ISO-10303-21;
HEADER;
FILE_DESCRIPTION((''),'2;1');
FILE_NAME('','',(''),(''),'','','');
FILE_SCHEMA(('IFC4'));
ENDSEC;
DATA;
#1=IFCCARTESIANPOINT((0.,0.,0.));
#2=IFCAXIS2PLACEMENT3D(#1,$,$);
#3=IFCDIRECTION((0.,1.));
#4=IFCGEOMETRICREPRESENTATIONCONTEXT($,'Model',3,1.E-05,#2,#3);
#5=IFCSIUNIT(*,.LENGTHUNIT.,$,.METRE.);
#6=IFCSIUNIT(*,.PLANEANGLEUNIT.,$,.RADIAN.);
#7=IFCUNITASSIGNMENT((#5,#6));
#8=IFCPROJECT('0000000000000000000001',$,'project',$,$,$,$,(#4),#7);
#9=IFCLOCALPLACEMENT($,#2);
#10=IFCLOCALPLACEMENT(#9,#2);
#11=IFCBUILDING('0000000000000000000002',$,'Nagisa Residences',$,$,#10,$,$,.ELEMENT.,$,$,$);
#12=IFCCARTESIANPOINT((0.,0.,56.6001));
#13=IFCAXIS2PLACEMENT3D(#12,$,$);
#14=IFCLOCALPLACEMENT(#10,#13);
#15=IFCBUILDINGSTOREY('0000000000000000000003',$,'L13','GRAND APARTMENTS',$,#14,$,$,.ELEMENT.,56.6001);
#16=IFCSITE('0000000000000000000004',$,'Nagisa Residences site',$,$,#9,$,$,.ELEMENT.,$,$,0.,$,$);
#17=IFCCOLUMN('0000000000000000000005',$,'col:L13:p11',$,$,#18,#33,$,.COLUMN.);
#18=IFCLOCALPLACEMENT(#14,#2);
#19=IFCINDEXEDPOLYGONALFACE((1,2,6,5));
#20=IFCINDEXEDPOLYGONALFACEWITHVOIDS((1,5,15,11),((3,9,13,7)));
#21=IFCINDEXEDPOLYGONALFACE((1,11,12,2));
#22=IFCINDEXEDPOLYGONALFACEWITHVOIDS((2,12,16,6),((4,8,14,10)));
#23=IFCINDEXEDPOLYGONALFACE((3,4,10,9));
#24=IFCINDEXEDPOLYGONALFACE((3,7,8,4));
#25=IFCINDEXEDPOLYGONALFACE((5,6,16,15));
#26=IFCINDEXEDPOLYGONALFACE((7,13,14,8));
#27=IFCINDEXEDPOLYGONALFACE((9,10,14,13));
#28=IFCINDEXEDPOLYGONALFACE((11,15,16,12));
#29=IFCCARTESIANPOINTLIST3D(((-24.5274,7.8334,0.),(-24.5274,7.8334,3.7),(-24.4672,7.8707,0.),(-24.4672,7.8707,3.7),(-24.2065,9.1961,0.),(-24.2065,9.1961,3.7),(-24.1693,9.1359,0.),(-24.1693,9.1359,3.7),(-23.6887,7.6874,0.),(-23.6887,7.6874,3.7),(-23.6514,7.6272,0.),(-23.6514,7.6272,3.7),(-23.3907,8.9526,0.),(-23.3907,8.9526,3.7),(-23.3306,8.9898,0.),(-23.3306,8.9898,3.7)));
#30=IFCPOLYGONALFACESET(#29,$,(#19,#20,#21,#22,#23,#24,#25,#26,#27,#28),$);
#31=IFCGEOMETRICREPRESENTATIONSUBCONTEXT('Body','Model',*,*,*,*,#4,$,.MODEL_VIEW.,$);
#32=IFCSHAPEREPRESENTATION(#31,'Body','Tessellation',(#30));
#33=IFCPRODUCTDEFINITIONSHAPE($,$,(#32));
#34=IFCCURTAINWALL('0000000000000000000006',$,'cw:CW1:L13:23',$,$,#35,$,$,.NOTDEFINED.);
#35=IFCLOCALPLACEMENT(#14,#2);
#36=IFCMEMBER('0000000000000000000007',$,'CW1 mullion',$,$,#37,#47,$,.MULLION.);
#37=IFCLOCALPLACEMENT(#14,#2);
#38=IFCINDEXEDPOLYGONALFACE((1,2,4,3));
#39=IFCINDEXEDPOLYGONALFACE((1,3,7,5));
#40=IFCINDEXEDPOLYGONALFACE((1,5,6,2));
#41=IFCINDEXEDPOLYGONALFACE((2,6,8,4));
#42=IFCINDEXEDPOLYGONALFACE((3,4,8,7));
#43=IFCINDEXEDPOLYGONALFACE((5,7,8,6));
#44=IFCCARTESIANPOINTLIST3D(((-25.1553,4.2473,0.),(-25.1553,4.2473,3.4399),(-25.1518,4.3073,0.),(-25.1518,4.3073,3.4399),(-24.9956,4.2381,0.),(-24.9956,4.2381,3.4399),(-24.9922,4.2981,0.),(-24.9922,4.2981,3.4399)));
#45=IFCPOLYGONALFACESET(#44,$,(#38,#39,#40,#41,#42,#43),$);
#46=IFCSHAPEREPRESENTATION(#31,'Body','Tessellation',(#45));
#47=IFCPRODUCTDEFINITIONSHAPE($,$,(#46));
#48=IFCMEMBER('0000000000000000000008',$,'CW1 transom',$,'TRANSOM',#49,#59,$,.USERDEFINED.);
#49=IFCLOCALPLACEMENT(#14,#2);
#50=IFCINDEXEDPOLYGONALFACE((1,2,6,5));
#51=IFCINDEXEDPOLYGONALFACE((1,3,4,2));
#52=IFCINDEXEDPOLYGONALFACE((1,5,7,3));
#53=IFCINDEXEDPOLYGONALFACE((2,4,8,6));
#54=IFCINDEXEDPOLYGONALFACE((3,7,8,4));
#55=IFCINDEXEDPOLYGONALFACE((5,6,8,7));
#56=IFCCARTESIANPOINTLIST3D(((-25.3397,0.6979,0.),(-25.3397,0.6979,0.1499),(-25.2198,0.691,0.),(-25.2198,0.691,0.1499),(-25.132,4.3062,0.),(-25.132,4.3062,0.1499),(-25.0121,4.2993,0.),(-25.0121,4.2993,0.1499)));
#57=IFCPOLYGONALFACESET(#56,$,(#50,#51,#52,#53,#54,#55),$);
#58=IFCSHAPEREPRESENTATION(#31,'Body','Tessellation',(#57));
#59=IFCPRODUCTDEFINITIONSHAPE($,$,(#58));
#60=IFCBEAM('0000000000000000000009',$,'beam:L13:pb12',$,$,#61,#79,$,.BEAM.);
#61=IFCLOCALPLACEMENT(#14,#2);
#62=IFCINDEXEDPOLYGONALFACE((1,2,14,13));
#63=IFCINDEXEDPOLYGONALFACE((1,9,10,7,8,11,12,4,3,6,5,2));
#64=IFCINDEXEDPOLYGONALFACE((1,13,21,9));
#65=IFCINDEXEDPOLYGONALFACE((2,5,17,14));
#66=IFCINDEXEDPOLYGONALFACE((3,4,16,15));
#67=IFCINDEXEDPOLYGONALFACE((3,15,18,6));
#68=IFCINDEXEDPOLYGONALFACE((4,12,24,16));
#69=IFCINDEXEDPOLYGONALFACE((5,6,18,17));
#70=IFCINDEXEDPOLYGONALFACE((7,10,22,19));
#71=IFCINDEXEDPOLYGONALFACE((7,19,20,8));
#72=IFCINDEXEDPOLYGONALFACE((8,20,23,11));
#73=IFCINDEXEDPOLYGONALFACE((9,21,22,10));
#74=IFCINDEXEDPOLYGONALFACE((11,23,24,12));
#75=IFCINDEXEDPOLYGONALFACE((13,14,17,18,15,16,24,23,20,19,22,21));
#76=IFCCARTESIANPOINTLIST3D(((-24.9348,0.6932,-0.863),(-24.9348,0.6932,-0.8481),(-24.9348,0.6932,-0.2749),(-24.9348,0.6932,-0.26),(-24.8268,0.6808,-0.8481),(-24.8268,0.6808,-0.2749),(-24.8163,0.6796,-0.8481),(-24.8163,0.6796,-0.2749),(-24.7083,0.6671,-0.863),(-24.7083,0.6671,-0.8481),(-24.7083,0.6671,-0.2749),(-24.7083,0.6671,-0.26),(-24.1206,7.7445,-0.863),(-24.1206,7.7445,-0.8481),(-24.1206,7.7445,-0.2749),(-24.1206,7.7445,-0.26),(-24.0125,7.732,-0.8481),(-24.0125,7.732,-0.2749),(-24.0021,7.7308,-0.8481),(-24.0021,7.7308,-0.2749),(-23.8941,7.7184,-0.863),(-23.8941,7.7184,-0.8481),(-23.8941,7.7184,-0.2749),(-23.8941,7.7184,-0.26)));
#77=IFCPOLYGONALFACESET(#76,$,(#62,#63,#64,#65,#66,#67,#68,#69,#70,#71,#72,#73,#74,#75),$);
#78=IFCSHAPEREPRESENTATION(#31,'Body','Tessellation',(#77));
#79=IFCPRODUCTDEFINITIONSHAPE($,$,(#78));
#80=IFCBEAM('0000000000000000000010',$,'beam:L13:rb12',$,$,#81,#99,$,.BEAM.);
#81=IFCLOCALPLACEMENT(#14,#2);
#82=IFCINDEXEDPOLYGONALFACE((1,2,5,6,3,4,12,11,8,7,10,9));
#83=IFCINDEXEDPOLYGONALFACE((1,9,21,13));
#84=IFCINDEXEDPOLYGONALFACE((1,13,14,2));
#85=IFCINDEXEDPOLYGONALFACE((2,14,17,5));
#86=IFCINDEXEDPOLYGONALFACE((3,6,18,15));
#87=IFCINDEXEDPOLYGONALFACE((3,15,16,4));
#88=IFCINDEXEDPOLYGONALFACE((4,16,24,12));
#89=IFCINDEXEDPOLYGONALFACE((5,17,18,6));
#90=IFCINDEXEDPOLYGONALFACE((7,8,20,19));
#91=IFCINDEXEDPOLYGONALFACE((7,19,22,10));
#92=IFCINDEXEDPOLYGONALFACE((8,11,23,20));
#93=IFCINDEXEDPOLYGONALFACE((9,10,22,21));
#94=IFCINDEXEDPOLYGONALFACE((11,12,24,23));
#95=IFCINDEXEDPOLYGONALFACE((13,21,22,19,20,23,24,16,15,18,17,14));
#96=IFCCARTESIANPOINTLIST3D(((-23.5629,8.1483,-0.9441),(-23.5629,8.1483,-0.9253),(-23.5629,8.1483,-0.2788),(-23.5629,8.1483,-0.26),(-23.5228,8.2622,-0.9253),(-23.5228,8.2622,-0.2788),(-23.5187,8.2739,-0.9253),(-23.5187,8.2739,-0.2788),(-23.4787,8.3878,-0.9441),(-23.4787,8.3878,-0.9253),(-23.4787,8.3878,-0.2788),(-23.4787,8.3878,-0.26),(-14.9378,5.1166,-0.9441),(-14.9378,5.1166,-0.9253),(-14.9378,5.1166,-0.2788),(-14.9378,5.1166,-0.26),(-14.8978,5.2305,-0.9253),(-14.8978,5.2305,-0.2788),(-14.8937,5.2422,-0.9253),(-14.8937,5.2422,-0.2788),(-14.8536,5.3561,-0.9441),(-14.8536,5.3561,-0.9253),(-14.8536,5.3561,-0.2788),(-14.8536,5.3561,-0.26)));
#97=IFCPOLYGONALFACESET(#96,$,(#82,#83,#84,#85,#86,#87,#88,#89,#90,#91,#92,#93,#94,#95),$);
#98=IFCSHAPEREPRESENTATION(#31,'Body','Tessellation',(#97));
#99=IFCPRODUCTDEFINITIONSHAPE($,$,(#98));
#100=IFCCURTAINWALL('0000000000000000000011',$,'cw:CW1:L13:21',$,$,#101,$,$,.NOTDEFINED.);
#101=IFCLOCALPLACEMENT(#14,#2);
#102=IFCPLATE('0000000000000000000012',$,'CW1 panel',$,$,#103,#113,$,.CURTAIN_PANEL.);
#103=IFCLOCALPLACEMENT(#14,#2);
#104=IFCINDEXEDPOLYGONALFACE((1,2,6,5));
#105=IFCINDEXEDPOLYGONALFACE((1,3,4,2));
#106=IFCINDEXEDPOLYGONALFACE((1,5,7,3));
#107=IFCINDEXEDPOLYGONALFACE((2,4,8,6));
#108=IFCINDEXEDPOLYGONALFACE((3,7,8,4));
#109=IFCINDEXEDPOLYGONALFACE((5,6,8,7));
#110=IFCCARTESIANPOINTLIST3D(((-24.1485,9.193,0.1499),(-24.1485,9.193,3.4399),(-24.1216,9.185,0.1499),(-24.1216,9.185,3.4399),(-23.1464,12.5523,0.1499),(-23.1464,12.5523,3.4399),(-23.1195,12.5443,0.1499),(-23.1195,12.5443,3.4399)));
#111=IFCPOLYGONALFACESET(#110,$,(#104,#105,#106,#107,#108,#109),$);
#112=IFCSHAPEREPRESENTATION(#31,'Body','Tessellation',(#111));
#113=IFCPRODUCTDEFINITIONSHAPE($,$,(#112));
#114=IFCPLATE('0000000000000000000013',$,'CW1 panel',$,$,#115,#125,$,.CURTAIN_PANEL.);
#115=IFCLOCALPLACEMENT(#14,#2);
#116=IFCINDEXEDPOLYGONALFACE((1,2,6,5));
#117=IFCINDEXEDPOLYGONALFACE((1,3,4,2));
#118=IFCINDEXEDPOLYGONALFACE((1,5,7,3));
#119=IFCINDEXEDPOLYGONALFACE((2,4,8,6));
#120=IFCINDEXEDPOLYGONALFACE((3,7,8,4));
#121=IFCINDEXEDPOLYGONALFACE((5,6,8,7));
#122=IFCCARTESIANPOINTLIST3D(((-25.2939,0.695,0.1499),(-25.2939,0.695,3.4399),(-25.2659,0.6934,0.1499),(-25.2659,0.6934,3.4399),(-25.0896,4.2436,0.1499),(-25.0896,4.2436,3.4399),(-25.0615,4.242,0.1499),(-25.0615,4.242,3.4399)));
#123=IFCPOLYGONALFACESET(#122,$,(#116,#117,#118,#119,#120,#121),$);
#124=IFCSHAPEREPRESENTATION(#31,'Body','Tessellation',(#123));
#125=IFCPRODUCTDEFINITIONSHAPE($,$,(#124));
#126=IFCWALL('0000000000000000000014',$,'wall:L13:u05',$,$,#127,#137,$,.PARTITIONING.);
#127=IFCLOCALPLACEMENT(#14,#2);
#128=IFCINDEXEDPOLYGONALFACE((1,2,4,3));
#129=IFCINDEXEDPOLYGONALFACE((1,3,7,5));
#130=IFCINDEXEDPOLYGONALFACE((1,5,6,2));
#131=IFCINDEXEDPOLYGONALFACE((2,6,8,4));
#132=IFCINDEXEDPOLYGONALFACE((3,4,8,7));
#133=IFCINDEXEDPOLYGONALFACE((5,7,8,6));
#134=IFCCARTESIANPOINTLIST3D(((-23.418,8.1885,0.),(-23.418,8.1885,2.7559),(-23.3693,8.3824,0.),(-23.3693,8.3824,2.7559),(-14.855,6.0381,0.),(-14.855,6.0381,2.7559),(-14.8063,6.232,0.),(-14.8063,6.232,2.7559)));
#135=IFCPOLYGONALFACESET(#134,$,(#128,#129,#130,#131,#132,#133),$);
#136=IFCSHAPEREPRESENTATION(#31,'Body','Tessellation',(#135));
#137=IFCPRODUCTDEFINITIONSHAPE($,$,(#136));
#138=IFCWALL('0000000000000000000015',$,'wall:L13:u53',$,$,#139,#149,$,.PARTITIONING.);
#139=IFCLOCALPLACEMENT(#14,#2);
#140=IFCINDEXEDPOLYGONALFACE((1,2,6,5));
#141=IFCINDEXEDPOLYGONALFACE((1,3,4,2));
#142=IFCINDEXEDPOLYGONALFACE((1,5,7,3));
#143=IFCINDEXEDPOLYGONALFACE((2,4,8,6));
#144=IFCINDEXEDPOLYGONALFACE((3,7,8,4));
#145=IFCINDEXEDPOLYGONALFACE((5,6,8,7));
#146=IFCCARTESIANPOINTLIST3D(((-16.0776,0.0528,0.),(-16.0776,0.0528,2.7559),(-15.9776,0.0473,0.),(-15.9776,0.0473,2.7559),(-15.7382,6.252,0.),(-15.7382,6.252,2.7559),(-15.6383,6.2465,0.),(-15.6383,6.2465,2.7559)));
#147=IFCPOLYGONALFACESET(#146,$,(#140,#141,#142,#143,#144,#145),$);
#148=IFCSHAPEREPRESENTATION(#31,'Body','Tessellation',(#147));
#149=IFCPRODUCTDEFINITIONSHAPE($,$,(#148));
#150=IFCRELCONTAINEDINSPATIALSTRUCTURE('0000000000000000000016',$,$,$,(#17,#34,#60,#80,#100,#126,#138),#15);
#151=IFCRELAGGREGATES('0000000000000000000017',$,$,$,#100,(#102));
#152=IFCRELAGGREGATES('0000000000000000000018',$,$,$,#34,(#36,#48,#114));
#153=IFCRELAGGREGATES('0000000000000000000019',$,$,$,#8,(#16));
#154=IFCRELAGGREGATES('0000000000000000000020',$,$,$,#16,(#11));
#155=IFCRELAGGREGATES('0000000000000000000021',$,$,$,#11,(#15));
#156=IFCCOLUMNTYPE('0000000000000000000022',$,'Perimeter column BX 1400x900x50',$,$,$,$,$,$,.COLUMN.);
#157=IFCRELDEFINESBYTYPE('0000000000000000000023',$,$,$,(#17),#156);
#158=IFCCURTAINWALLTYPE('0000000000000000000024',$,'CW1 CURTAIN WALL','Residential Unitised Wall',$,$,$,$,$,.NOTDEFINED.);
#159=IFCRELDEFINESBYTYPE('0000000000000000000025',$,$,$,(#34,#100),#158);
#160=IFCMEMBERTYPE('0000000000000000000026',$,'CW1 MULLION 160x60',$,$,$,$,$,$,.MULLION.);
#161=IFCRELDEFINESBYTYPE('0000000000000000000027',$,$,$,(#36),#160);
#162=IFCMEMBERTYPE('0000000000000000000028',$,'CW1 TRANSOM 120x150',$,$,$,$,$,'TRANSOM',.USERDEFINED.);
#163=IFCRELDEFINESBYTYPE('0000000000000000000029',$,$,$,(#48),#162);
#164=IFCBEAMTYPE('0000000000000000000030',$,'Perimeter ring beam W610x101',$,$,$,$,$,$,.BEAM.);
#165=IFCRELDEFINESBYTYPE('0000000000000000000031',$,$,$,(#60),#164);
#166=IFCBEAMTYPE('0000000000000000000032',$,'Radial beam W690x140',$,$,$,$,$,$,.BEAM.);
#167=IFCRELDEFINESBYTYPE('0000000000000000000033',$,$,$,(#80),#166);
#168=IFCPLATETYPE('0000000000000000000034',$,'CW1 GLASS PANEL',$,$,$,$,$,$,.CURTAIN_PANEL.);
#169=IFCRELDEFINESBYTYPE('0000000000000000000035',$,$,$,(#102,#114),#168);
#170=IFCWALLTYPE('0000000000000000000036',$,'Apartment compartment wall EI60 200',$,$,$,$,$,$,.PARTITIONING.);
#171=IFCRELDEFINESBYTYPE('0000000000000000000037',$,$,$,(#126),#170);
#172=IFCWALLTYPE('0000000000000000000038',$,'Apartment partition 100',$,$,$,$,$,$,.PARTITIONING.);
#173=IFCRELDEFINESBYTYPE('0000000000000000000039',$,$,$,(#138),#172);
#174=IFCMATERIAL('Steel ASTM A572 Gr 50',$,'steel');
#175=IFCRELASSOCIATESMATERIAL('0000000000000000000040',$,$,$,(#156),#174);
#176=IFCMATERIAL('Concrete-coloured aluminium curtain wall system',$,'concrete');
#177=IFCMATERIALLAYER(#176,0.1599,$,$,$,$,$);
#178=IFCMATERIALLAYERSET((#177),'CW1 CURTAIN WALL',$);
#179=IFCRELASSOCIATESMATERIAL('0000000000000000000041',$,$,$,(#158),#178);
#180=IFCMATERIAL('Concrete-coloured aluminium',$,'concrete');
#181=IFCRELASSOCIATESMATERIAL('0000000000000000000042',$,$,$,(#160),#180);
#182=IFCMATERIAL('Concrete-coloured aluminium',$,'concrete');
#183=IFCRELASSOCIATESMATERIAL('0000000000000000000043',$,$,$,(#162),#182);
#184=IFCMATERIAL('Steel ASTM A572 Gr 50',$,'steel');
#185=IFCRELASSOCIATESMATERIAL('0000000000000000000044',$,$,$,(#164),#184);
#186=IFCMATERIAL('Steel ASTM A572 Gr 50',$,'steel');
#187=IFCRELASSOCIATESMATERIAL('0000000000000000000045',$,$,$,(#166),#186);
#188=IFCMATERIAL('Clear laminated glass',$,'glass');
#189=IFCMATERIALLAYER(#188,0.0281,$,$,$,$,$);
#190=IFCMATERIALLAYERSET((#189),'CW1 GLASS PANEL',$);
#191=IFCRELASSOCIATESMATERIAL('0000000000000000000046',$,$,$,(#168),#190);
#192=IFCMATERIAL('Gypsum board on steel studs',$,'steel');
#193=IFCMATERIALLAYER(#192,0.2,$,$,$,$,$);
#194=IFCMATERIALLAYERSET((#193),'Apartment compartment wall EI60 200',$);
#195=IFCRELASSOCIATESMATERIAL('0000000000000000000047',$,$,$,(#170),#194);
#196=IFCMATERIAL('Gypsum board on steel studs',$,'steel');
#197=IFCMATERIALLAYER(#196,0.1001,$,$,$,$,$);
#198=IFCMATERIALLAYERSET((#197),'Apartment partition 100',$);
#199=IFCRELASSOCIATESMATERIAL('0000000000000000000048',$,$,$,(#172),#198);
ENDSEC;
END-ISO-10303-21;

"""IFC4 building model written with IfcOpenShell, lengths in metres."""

from ifc_helpers import new_model, si_unit, direction, frame, frame_2d, origin, origin_2d, place, context, subcontext, project, spatial, rectangle, hollow_rectangle, i_section, extrude, material, layer, layer_set, material_profile, profile_set, type_object, element, aggregate, save


model = new_model("IFC4")

# Units and contexts
model_context = context("Model", 3, precision=1e-05, world=origin(), true_north=direction((0.0, 1.0)))
body_context = subcontext(model_context, "Body", "Model", "MODEL_VIEW")
ifc_project = project(units=[si_unit("LENGTHUNIT", "METRE"), si_unit("PLANEANGLEUNIT", "RADIAN")], contexts=[model_context])

# Site, building, storey
site_placement = place(None, origin())
site = spatial("IfcSite", under=ifc_project, at=site_placement, Name="Nagisa Residences site", CompositionType="ELEMENT", RefElevation=0.0)
building_placement = place(site_placement, origin())
building = spatial("IfcBuilding", under=site, at=building_placement, Name="Nagisa Residences", CompositionType="ELEMENT")
storey_placement = place(building_placement, frame((0.0, 0.0, 56.6001)))
storey = spatial("IfcBuildingStorey", under=building, at=storey_placement, Name="L13", Description="GRAND APARTMENTS", CompositionType="ELEMENT", Elevation=56.6001)

# Column
ifc_material_1 = material(Name="Steel ASTM A572 Gr 50", Category="steel")
ifc_material_profile_1 = material_profile(ifc_material_1, hollow_rectangle(XDim=1.3999, YDim=0.8999, WallThickness=0.05, at=origin_2d()), Name="BX 1400x900x50")
ifc_profile_set_1 = profile_set([ifc_material_profile_1], Name="Steel ASTM A572 Gr 50")
column_type = type_object("IfcColumnType", Name="Perimeter column BX 1400x900x50", PredefinedType="COLUMN", material=ifc_profile_set_1)
column_placement = place(storey_placement, frame((-23.929, 8.4116, 0.0), z_axis=(0.0, 0.0, 1.0), x_axis=(-0.229202, -0.973379, 0.0)))
element("IfcColumn", 1, at=column_placement, inside=storey, type_object=column_type, Name="col:L13:p11", PredefinedType="COLUMN", context=body_context, shape_type="SweptSolid", body=[
    extrude(hollow_rectangle(XDim=1.3999, YDim=0.8999, WallThickness=0.05, at=origin_2d()), origin(), (0.0, 0.0, 1.0), 3.7),
])

# Curtain wall, members
ifc_material_2 = material(Name="Concrete-coloured aluminium curtain wall system", Category="concrete")
ifc_layer_1 = layer(ifc_material_2, 0.1599)
ifc_layer_set_1 = layer_set([ifc_layer_1], Name="CW1 CURTAIN WALL")
curtain_wall_type = type_object("IfcCurtainWallType", Name="CW1 CURTAIN WALL", Description="Residential Unitised Wall", PredefinedType="NOTDEFINED", material=ifc_layer_set_1)
curtain_wall_1_placement = place(storey_placement, origin())
curtain_wall_1 = element("IfcCurtainWall", 2, at=curtain_wall_1_placement, inside=storey, type_object=curtain_wall_type, Name="cw:CW1:L13:23", PredefinedType="NOTDEFINED")
ifc_material_3 = material(Name="Concrete-coloured aluminium", Category="concrete")
ifc_material_profile_2 = material_profile(ifc_material_3, rectangle(XDim=0.1599, YDim=0.0601, at=origin_2d()), Name="CW1 MULLION 160x60")
ifc_profile_set_2 = profile_set([ifc_material_profile_2], Name="Concrete-coloured aluminium")
member_type_1 = type_object("IfcMemberType", Name="CW1 MULLION 160x60", PredefinedType="MULLION", material=ifc_profile_set_2)
member_1_placement = place(storey_placement, frame((-25.0737, 4.2727, 0.0), z_axis=(0.0, 0.0, 1.0), x_axis=(0.998345, -0.057503, 0.0)))
member_1 = element("IfcMember", 3, at=member_1_placement, type_object=member_type_1, Name="CW1 mullion", PredefinedType="MULLION", context=body_context, shape_type="SweptSolid", body=[
    extrude(rectangle(XDim=0.1599, YDim=0.0601, at=origin_2d()), origin(), (0.0, 0.0, 1.0), 3.4399),
])
ifc_material_4 = material(Name="Concrete-coloured aluminium", Category="concrete")
ifc_material_profile_3 = material_profile(ifc_material_4, rectangle(XDim=0.1201, YDim=0.1499, at=origin_2d()), Name="CW1 TRANSOM 120x150")
ifc_profile_set_3 = profile_set([ifc_material_profile_3], Name="Concrete-coloured aluminium")
member_type_2 = type_object("IfcMemberType", Name="CW1 TRANSOM 120x150", ElementType="TRANSOM", PredefinedType="USERDEFINED", material=ifc_profile_set_3)
member_2_placement = place(storey_placement, frame((-25.072, 4.3027, 0.075), z_axis=(-0.057483, -0.998347, 0.0), x_axis=(0.998347, -0.057483, 0.0)))
member_2 = element("IfcMember", 4, at=member_2_placement, type_object=member_type_2, Name="CW1 transom", ObjectType="TRANSOM", PredefinedType="USERDEFINED", context=body_context, shape_type="SweptSolid", body=[
    extrude(rectangle(XDim=0.1201, YDim=0.1499, at=origin_2d()), origin(), (0.0, 0.0, 1.0), 3.6143),
])

# Beams
ifc_material_5 = material(Name="Steel ASTM A572 Gr 50", Category="steel")
ifc_material_profile_4 = material_profile(ifc_material_5, i_section(OverallWidth=0.228, OverallDepth=0.603, WebThickness=0.0105, FlangeThickness=0.0149, at=origin_2d()), Name="W610x101")
ifc_profile_set_4 = profile_set([ifc_material_profile_4], Name="Steel ASTM A572 Gr 50")
beam_type_1 = type_object("IfcBeamType", Name="Perimeter ring beam W610x101", PredefinedType="BEAM", material=ifc_profile_set_4)
beam_1_placement = place(storey_placement, frame((-24.0073, 7.7314, -0.5615), z_axis=(-0.114708, -0.993399, 0.0), x_axis=(0.993399, -0.114708, 0.0)))
element("IfcBeam", 5, at=beam_1_placement, inside=storey, type_object=beam_type_1, Name="beam:L13:pb12", PredefinedType="BEAM", context=body_context, shape_type="SweptSolid", body=[
    extrude(i_section(OverallWidth=0.228, OverallDepth=0.603, WebThickness=0.0105, FlangeThickness=0.0149, at=origin_2d()), origin(), (0.0, 0.0, 1.0), 7.0981),
])
ifc_material_6 = material(Name="Steel ASTM A572 Gr 50", Category="steel")
ifc_material_profile_5 = material_profile(ifc_material_6, i_section(OverallWidth=0.2539, OverallDepth=0.6841, WebThickness=0.0125, FlangeThickness=0.0188, at=origin_2d()), Name="W690x140")
ifc_profile_set_5 = profile_set([ifc_material_profile_5], Name="Steel ASTM A572 Gr 50")
beam_type_2 = type_object("IfcBeamType", Name="Radial beam W690x140", PredefinedType="BEAM", material=ifc_profile_set_5)
beam_2_placement = place(storey_placement, frame((-23.5208, 8.2681, -0.6021), z_axis=(0.943415, -0.331616, 0.0), x_axis=(0.331616, 0.943415, 0.0)))
element("IfcBeam", 6, at=beam_2_placement, inside=storey, type_object=beam_type_2, Name="beam:L13:rb12", PredefinedType="BEAM", context=body_context, shape_type="SweptSolid", body=[
    extrude(i_section(OverallWidth=0.2539, OverallDepth=0.6841, WebThickness=0.0125, FlangeThickness=0.0188, at=origin_2d()), origin(), (0.0, 0.0, 1.0), 9.1423),
])

# Curtain wall, plate
curtain_wall_2_placement = place(storey_placement, origin())
curtain_wall_2 = element("IfcCurtainWall", 7, at=curtain_wall_2_placement, inside=storey, type_object=curtain_wall_type, Name="cw:CW1:L13:21", PredefinedType="NOTDEFINED")
ifc_material_7 = material(Name="Clear laminated glass", Category="glass")
ifc_layer_2 = layer(ifc_material_7, 0.0281)
ifc_layer_set_2 = layer_set([ifc_layer_2], Name="CW1 GLASS PANEL")
plate_type = type_object("IfcPlateType", Name="CW1 GLASS PANEL", PredefinedType="CURTAIN_PANEL", material=ifc_layer_set_2)
plate_1_placement = place(storey_placement, frame((-23.634, 10.8687, 0.1499), z_axis=(0.0, 0.0, 1.0), x_axis=(-0.28586, -0.958271, 0.0)))
plate_1 = element("IfcPlate", 8, at=plate_1_placement, type_object=plate_type, Name="CW1 panel", PredefinedType="CURTAIN_PANEL", context=body_context, shape_type="SweptSolid", body=[
    extrude(rectangle(XDim=3.5056, YDim=0.0281, at=origin_2d()), origin(), (0.0, 0.0, 1.0), 3.29),
])
aggregate(curtain_wall_2, [plate_1])

# Plate
plate_2_placement = place(storey_placement, frame((-25.1777, 2.4685, 0.1499), z_axis=(0.0, 0.0, 1.0), x_axis=(-0.057503, -0.998345, 0.0)))
plate_2 = element("IfcPlate", 9, at=plate_2_placement, type_object=plate_type, Name="CW1 panel", PredefinedType="CURTAIN_PANEL", context=body_context, shape_type="SweptSolid", body=[
    extrude(rectangle(XDim=3.5544, YDim=0.0281, at=origin_2d()), origin(), (0.0, 0.0, 1.0), 3.29),
])
aggregate(curtain_wall_1, [member_1, member_2, plate_2])

# Walls
ifc_material_8 = material(Name="Gypsum board on steel studs", Category="steel")
ifc_layer_3 = layer(ifc_material_8, 0.2)
ifc_layer_set_3 = layer_set([ifc_layer_3], Name="Apartment compartment wall EI60 200")
wall_type_1 = type_object("IfcWallType", Name="Apartment compartment wall EI60 200", PredefinedType="PARTITIONING", material=ifc_layer_set_3)
wall_1_placement = place(storey_placement, frame((-14.8306, 6.135, 0.0), z_axis=(0.0, 0.0, 1.0), x_axis=(-0.969885, 0.243564, 0.0)))
element("IfcWall", 10, at=wall_1_placement, inside=storey, type_object=wall_type_1, Name="wall:L13:u05", PredefinedType="PARTITIONING", context=body_context, shape_type="SweptSolid", body=[
    extrude(rectangle(XDim=8.8289, YDim=0.2, at=frame_2d((4.4146, 0.0))), origin(), (0.0, 0.0, 1.0), 2.7559),
])
ifc_material_9 = material(Name="Gypsum board on steel studs", Category="steel")
ifc_layer_4 = layer(ifc_material_9, 0.1001)
ifc_layer_set_4 = layer_set([ifc_layer_4], Name="Apartment partition 100")
wall_type_2 = type_object("IfcWallType", Name="Apartment partition 100", PredefinedType="PARTITIONING", material=ifc_layer_set_4)
wall_2_placement = place(storey_placement, frame((-15.6882, 6.2493, 0.0), z_axis=(0.0, 0.0, 1.0), x_axis=(-0.05466, -0.998505, 0.0)))
element("IfcWall", 11, at=wall_2_placement, inside=storey, type_object=wall_type_2, Name="wall:L13:u53", PredefinedType="PARTITIONING", context=body_context, shape_type="SweptSolid", body=[
    extrude(rectangle(XDim=6.2085, YDim=0.1001, at=frame_2d((3.1042, 0.0))), origin(), (0.0, 0.0, 1.0), 2.7559),
])

save(model, "model.ifc")
